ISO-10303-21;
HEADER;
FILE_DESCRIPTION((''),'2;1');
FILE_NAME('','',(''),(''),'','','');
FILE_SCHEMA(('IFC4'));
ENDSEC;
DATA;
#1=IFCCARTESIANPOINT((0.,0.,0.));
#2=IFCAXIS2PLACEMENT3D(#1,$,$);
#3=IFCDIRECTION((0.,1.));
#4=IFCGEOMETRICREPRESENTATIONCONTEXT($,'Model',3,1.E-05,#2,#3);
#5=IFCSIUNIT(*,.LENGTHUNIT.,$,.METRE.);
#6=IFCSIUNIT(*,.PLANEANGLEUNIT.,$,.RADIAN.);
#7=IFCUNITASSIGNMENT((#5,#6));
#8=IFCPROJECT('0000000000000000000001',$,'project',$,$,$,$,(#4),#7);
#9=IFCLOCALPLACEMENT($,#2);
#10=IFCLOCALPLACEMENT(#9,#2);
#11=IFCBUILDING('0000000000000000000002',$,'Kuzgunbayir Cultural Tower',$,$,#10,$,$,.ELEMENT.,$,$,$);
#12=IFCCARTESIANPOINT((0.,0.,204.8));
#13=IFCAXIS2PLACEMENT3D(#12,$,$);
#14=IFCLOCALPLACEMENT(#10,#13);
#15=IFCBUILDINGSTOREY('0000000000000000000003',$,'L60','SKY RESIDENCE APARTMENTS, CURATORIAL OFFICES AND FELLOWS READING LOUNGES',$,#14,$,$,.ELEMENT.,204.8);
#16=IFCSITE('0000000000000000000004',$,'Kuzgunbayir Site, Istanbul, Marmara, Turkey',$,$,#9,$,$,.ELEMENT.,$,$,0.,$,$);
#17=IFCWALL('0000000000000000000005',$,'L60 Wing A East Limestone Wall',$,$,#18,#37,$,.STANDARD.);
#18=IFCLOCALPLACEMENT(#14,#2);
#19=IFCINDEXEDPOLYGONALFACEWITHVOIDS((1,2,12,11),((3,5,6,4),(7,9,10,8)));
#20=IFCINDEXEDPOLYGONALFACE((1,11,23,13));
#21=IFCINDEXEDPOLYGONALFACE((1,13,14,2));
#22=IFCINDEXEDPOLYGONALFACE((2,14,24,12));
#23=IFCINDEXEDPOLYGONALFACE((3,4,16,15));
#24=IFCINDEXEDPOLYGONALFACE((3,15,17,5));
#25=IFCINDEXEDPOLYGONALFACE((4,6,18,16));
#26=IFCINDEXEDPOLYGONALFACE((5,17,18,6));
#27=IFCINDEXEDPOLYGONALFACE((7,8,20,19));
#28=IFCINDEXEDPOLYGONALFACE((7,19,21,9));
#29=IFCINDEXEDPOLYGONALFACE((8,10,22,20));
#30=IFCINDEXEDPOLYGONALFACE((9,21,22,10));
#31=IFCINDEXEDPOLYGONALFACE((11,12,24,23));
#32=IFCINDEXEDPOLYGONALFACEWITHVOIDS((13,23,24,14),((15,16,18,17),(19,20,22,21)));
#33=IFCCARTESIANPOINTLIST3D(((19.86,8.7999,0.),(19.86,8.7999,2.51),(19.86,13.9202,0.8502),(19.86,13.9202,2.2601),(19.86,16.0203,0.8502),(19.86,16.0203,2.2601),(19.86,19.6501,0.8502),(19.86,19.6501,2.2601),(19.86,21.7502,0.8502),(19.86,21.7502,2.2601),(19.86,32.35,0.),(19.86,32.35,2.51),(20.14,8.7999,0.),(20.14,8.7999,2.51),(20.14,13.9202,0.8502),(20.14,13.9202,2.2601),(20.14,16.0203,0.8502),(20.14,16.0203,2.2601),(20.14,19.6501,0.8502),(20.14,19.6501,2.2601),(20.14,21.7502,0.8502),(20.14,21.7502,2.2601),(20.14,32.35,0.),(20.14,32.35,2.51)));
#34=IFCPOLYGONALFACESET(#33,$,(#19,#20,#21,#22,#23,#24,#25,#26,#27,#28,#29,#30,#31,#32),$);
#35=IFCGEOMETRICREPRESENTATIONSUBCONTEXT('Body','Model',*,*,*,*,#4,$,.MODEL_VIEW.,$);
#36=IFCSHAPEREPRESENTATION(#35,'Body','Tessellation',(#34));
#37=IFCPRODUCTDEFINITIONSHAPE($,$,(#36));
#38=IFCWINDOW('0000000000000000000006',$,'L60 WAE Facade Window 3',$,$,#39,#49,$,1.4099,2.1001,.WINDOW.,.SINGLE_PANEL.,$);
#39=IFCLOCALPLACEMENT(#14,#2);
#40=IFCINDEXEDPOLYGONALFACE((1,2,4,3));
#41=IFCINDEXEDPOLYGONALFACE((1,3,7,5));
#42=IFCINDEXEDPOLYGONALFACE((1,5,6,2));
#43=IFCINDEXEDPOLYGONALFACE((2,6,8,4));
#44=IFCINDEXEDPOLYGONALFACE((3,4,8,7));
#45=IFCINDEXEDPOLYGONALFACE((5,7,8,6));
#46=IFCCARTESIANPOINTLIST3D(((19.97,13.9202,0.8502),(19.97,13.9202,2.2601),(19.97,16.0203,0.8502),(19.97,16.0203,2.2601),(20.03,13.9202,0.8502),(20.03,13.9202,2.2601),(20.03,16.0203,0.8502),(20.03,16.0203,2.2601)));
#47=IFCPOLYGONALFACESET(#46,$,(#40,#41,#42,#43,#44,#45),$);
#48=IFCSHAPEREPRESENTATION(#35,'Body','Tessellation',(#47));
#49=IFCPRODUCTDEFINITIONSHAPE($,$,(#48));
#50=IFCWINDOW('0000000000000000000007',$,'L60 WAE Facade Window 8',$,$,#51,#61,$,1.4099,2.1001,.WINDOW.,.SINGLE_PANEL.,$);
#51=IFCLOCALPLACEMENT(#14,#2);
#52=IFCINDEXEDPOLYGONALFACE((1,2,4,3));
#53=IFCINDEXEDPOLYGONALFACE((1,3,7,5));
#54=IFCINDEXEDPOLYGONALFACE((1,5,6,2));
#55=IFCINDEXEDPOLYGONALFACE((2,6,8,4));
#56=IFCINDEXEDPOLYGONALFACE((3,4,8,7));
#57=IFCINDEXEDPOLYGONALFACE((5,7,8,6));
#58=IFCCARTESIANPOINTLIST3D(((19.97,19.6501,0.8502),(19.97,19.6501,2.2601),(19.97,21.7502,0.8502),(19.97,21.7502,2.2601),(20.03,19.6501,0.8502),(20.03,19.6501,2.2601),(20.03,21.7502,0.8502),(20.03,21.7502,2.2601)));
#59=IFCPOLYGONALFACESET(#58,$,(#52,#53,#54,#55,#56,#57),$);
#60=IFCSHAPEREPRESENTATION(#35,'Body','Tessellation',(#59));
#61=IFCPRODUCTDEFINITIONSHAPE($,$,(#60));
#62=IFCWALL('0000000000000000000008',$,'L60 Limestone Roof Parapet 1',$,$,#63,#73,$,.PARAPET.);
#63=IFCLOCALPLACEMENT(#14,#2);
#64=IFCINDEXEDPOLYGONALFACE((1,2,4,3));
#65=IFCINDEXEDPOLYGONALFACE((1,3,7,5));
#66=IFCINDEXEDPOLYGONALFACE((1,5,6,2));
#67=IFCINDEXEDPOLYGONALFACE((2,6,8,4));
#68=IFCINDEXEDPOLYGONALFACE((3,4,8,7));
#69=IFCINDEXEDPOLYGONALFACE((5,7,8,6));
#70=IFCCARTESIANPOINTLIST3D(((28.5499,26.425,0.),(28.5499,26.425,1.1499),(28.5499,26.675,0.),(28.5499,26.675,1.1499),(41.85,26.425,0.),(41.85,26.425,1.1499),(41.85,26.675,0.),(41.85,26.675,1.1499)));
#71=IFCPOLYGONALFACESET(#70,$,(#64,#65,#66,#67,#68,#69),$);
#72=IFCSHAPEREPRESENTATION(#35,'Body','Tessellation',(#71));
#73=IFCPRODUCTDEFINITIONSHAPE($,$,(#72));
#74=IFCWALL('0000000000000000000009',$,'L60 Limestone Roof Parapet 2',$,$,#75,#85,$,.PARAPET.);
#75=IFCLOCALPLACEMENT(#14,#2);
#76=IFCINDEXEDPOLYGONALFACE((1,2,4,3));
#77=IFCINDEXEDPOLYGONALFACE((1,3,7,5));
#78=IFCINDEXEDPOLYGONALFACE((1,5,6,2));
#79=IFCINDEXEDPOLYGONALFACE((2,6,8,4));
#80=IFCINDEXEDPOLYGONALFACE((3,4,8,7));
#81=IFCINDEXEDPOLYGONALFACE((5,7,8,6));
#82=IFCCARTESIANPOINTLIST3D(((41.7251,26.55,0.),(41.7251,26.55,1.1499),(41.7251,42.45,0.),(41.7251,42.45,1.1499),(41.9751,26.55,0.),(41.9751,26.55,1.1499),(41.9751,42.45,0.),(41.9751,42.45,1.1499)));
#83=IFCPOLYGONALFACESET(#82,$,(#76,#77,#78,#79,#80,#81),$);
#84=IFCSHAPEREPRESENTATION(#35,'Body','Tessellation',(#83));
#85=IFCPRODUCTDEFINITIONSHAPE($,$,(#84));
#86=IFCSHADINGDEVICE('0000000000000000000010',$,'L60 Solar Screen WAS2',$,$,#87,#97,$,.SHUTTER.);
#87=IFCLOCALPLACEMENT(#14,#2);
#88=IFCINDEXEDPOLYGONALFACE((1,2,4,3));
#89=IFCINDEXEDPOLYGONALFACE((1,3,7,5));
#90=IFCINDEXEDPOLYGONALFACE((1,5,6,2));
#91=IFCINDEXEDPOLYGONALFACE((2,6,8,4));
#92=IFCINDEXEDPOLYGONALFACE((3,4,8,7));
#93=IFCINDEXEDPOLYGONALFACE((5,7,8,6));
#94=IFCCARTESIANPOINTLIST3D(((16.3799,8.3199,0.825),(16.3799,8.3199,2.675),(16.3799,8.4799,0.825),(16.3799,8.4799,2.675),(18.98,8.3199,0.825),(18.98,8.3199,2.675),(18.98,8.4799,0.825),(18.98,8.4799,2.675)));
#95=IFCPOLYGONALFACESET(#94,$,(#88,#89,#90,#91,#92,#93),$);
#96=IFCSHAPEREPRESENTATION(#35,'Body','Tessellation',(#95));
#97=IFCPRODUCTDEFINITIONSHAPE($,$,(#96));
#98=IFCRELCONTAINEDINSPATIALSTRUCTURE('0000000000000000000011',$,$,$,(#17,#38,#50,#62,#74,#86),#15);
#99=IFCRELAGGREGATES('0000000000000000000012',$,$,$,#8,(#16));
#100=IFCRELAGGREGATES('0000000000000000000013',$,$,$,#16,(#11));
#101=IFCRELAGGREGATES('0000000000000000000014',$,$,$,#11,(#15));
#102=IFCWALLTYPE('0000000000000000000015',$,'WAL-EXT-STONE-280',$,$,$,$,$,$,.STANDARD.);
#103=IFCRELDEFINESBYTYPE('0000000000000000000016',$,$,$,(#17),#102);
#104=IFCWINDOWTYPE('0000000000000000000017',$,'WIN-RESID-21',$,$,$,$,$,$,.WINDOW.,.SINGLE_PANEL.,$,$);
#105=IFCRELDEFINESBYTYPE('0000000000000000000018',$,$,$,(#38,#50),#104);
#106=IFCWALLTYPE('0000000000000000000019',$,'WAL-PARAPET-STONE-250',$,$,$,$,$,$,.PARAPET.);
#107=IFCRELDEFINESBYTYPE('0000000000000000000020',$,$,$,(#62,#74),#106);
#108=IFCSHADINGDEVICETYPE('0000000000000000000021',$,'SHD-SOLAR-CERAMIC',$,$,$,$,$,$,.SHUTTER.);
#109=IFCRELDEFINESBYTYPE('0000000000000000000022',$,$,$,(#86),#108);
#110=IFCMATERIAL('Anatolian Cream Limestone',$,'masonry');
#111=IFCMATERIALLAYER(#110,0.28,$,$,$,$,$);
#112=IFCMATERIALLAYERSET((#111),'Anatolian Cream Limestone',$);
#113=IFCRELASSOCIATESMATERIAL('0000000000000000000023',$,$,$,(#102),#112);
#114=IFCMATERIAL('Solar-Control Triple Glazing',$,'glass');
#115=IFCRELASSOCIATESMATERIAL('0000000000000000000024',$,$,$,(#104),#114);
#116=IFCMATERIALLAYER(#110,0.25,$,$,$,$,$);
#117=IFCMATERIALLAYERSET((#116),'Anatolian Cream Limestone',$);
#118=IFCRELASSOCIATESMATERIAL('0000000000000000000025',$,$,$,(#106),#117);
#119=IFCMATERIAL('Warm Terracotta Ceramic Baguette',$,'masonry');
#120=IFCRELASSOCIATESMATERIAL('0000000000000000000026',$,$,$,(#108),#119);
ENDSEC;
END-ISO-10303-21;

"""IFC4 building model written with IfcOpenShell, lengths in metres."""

from ifc_helpers import new_model, si_unit, direction, frame, frame_2d, origin, origin_2d, place, context, subcontext, project, spatial, rectangle, extrude, material, layer, layer_set, type_object, element, fill, save


model = new_model("IFC4")

# Units and contexts
model_context = context("Model", 3, precision=1e-05, world=origin(), true_north=direction((0.0, 1.0)))
body_context = subcontext(model_context, "Body", "Model", "MODEL_VIEW")
ifc_project = project(units=[si_unit("LENGTHUNIT", "METRE"), si_unit("PLANEANGLEUNIT", "RADIAN")], contexts=[model_context])

# Site, building, storey
site_placement = place(None, origin())
site = spatial("IfcSite", under=ifc_project, at=site_placement, Name="Kuzgunbayir Site, Istanbul, Marmara, Turkey", CompositionType="ELEMENT", RefElevation=0.0)
building_placement = place(site_placement, origin())
building = spatial("IfcBuilding", under=site, at=building_placement, Name="Kuzgunbayir Cultural Tower", CompositionType="ELEMENT")
storey_placement = place(building_placement, frame((0.0, 0.0, 204.8)))
storey = spatial("IfcBuildingStorey", under=building, at=storey_placement, Name="L60", Description="SKY RESIDENCE APARTMENTS, CURATORIAL OFFICES AND FELLOWS READING LOUNGES", CompositionType="ELEMENT", Elevation=204.8)

# Wall, openings, windows
ifc_material_1 = material(Name="Anatolian Cream Limestone", Category="masonry")
ifc_layer_1 = layer(ifc_material_1, 0.28)
ifc_layer_set_1 = layer_set([ifc_layer_1], Name="Anatolian Cream Limestone")
wall_type_1 = type_object("IfcWallType", Name="WAL-EXT-STONE-280", PredefinedType="STANDARD", material=ifc_layer_set_1)
wall_1_placement = place(storey_placement, frame((20.0, 8.8, 0.0), z_axis=(0.0, 0.0, 1.0), x_axis=(0.0, 1.0, 0.0)))
wall_1 = element("IfcWall", 1, at=wall_1_placement, inside=storey, type_object=wall_type_1, Name="L60 Wing A East Limestone Wall", PredefinedType="STANDARD", context=body_context, shape_type="SweptSolid", body=[
    extrude(rectangle(XDim=23.55, YDim=0.28, at=frame_2d((11.7749, 0.0))), origin(), (0.0, 0.0, 1.0), 2.51),
])
opening_1_placement = place(wall_1_placement, frame((5.1201, 0.0, 0.8501)))
opening_1 = element("IfcOpeningElement", 2, at=opening_1_placement, cuts=wall_1, PredefinedType="OPENING", context=body_context, shape_type="SweptSolid", body=[
    extrude(rectangle(XDim=2.1001, YDim=1.4099, at=frame_2d((1.05, 0.7051))), frame((0.0, 0.1499, 0.0), z_axis=(0.0, -1.0, 0.0), x_axis=(1.0, 0.0, 0.0)), (0.0, 0.0, 1.0), 0.3),
])
opening_2_placement = place(wall_1_placement, frame((10.8501, 0.0, 0.8501)))
opening_2 = element("IfcOpeningElement", 3, at=opening_2_placement, cuts=wall_1, PredefinedType="OPENING", context=body_context, shape_type="SweptSolid", body=[
    extrude(rectangle(XDim=2.1001, YDim=1.4099, at=frame_2d((1.05, 0.7051))), frame((0.0, 0.1499, 0.0), z_axis=(0.0, -1.0, 0.0), x_axis=(1.0, 0.0, 0.0)), (0.0, 0.0, 1.0), 0.3),
])
ifc_material_2 = material(Name="Solar-Control Triple Glazing", Category="glass")
window_type = type_object("IfcWindowType", Name="WIN-RESID-21", PartitioningType="SINGLE_PANEL", PredefinedType="WINDOW", material=ifc_material_2)
window_1_placement = place(opening_1_placement, origin())
window_1 = element("IfcWindow", 4, at=window_1_placement, inside=storey, type_object=window_type, Name="L60 WAE Facade Window 3", OverallHeight=1.4099, OverallWidth=2.1001, PartitioningType="SINGLE_PANEL", PredefinedType="WINDOW", context=body_context, shape_type="SweptSolid", body=[
    extrude(rectangle(XDim=2.1001, YDim=1.4099, at=frame_2d((1.05, 0.7051))), frame((0.0, 0.03, 0.0), z_axis=(0.0, -1.0, 0.0), x_axis=(1.0, 0.0, 0.0)), (0.0, 0.0, 1.0), 0.0601),
])
fill(opening_1, window_1)
window_2_placement = place(opening_2_placement, origin())
window_2 = element("IfcWindow", 5, at=window_2_placement, inside=storey, type_object=window_type, Name="L60 WAE Facade Window 8", OverallHeight=1.4099, OverallWidth=2.1001, PartitioningType="SINGLE_PANEL", PredefinedType="WINDOW", context=body_context, shape_type="SweptSolid", body=[
    extrude(rectangle(XDim=2.1001, YDim=1.4099, at=frame_2d((1.05, 0.7051))), frame((0.0, 0.03, 0.0), z_axis=(0.0, -1.0, 0.0), x_axis=(1.0, 0.0, 0.0)), (0.0, 0.0, 1.0), 0.0601),
])
fill(opening_2, window_2)

# Walls
ifc_layer_2 = layer(ifc_material_1, 0.25)
ifc_layer_set_2 = layer_set([ifc_layer_2], Name="Anatolian Cream Limestone")
wall_type_2 = type_object("IfcWallType", Name="WAL-PARAPET-STONE-250", PredefinedType="PARAPET", material=ifc_layer_set_2)
wall_2_placement = place(storey_placement, frame((28.55, 26.55, 0.0), z_axis=(0.0, 0.0, 1.0), x_axis=(1.0, 0.0, 0.0)))
element("IfcWall", 6, at=wall_2_placement, inside=storey, type_object=wall_type_2, Name="L60 Limestone Roof Parapet 1", PredefinedType="PARAPET", context=body_context, shape_type="SweptSolid", body=[
    extrude(rectangle(XDim=13.3, YDim=0.25, at=frame_2d((6.6499, 0.0))), origin(), (0.0, 0.0, 1.0), 1.1499),
])
wall_3_placement = place(storey_placement, frame((41.8501, 26.55, 0.0), z_axis=(0.0, 0.0, 1.0), x_axis=(0.0, 1.0, 0.0)))
element("IfcWall", 7, at=wall_3_placement, inside=storey, type_object=wall_type_2, Name="L60 Limestone Roof Parapet 2", PredefinedType="PARAPET", context=body_context, shape_type="SweptSolid", body=[
    extrude(rectangle(XDim=15.8999, YDim=0.25, at=frame_2d((7.95, 0.0))), origin(), (0.0, 0.0, 1.0), 1.1499),
])

# Shading device
ifc_material_3 = material(Name="Warm Terracotta Ceramic Baguette", Category="masonry")
shading_device_type = type_object("IfcShadingDeviceType", Name="SHD-SOLAR-CERAMIC", PredefinedType="SHUTTER", material=ifc_material_3)
shading_device_placement = place(storey_placement, frame((17.6799, 8.3999, 0.825), z_axis=(0.0, 0.0, 1.0), x_axis=(1.0, 0.0, 0.0)))
element("IfcShadingDevice", 8, at=shading_device_placement, inside=storey, type_object=shading_device_type, Name="L60 Solar Screen WAS2", PredefinedType="SHUTTER", context=body_context, shape_type="SweptSolid", body=[
    extrude(rectangle(XDim=2.6001, YDim=0.1599, at=origin_2d()), origin(), (0.0, 0.0, 1.0), 1.8501),
])

save(model, "model.ifc")
